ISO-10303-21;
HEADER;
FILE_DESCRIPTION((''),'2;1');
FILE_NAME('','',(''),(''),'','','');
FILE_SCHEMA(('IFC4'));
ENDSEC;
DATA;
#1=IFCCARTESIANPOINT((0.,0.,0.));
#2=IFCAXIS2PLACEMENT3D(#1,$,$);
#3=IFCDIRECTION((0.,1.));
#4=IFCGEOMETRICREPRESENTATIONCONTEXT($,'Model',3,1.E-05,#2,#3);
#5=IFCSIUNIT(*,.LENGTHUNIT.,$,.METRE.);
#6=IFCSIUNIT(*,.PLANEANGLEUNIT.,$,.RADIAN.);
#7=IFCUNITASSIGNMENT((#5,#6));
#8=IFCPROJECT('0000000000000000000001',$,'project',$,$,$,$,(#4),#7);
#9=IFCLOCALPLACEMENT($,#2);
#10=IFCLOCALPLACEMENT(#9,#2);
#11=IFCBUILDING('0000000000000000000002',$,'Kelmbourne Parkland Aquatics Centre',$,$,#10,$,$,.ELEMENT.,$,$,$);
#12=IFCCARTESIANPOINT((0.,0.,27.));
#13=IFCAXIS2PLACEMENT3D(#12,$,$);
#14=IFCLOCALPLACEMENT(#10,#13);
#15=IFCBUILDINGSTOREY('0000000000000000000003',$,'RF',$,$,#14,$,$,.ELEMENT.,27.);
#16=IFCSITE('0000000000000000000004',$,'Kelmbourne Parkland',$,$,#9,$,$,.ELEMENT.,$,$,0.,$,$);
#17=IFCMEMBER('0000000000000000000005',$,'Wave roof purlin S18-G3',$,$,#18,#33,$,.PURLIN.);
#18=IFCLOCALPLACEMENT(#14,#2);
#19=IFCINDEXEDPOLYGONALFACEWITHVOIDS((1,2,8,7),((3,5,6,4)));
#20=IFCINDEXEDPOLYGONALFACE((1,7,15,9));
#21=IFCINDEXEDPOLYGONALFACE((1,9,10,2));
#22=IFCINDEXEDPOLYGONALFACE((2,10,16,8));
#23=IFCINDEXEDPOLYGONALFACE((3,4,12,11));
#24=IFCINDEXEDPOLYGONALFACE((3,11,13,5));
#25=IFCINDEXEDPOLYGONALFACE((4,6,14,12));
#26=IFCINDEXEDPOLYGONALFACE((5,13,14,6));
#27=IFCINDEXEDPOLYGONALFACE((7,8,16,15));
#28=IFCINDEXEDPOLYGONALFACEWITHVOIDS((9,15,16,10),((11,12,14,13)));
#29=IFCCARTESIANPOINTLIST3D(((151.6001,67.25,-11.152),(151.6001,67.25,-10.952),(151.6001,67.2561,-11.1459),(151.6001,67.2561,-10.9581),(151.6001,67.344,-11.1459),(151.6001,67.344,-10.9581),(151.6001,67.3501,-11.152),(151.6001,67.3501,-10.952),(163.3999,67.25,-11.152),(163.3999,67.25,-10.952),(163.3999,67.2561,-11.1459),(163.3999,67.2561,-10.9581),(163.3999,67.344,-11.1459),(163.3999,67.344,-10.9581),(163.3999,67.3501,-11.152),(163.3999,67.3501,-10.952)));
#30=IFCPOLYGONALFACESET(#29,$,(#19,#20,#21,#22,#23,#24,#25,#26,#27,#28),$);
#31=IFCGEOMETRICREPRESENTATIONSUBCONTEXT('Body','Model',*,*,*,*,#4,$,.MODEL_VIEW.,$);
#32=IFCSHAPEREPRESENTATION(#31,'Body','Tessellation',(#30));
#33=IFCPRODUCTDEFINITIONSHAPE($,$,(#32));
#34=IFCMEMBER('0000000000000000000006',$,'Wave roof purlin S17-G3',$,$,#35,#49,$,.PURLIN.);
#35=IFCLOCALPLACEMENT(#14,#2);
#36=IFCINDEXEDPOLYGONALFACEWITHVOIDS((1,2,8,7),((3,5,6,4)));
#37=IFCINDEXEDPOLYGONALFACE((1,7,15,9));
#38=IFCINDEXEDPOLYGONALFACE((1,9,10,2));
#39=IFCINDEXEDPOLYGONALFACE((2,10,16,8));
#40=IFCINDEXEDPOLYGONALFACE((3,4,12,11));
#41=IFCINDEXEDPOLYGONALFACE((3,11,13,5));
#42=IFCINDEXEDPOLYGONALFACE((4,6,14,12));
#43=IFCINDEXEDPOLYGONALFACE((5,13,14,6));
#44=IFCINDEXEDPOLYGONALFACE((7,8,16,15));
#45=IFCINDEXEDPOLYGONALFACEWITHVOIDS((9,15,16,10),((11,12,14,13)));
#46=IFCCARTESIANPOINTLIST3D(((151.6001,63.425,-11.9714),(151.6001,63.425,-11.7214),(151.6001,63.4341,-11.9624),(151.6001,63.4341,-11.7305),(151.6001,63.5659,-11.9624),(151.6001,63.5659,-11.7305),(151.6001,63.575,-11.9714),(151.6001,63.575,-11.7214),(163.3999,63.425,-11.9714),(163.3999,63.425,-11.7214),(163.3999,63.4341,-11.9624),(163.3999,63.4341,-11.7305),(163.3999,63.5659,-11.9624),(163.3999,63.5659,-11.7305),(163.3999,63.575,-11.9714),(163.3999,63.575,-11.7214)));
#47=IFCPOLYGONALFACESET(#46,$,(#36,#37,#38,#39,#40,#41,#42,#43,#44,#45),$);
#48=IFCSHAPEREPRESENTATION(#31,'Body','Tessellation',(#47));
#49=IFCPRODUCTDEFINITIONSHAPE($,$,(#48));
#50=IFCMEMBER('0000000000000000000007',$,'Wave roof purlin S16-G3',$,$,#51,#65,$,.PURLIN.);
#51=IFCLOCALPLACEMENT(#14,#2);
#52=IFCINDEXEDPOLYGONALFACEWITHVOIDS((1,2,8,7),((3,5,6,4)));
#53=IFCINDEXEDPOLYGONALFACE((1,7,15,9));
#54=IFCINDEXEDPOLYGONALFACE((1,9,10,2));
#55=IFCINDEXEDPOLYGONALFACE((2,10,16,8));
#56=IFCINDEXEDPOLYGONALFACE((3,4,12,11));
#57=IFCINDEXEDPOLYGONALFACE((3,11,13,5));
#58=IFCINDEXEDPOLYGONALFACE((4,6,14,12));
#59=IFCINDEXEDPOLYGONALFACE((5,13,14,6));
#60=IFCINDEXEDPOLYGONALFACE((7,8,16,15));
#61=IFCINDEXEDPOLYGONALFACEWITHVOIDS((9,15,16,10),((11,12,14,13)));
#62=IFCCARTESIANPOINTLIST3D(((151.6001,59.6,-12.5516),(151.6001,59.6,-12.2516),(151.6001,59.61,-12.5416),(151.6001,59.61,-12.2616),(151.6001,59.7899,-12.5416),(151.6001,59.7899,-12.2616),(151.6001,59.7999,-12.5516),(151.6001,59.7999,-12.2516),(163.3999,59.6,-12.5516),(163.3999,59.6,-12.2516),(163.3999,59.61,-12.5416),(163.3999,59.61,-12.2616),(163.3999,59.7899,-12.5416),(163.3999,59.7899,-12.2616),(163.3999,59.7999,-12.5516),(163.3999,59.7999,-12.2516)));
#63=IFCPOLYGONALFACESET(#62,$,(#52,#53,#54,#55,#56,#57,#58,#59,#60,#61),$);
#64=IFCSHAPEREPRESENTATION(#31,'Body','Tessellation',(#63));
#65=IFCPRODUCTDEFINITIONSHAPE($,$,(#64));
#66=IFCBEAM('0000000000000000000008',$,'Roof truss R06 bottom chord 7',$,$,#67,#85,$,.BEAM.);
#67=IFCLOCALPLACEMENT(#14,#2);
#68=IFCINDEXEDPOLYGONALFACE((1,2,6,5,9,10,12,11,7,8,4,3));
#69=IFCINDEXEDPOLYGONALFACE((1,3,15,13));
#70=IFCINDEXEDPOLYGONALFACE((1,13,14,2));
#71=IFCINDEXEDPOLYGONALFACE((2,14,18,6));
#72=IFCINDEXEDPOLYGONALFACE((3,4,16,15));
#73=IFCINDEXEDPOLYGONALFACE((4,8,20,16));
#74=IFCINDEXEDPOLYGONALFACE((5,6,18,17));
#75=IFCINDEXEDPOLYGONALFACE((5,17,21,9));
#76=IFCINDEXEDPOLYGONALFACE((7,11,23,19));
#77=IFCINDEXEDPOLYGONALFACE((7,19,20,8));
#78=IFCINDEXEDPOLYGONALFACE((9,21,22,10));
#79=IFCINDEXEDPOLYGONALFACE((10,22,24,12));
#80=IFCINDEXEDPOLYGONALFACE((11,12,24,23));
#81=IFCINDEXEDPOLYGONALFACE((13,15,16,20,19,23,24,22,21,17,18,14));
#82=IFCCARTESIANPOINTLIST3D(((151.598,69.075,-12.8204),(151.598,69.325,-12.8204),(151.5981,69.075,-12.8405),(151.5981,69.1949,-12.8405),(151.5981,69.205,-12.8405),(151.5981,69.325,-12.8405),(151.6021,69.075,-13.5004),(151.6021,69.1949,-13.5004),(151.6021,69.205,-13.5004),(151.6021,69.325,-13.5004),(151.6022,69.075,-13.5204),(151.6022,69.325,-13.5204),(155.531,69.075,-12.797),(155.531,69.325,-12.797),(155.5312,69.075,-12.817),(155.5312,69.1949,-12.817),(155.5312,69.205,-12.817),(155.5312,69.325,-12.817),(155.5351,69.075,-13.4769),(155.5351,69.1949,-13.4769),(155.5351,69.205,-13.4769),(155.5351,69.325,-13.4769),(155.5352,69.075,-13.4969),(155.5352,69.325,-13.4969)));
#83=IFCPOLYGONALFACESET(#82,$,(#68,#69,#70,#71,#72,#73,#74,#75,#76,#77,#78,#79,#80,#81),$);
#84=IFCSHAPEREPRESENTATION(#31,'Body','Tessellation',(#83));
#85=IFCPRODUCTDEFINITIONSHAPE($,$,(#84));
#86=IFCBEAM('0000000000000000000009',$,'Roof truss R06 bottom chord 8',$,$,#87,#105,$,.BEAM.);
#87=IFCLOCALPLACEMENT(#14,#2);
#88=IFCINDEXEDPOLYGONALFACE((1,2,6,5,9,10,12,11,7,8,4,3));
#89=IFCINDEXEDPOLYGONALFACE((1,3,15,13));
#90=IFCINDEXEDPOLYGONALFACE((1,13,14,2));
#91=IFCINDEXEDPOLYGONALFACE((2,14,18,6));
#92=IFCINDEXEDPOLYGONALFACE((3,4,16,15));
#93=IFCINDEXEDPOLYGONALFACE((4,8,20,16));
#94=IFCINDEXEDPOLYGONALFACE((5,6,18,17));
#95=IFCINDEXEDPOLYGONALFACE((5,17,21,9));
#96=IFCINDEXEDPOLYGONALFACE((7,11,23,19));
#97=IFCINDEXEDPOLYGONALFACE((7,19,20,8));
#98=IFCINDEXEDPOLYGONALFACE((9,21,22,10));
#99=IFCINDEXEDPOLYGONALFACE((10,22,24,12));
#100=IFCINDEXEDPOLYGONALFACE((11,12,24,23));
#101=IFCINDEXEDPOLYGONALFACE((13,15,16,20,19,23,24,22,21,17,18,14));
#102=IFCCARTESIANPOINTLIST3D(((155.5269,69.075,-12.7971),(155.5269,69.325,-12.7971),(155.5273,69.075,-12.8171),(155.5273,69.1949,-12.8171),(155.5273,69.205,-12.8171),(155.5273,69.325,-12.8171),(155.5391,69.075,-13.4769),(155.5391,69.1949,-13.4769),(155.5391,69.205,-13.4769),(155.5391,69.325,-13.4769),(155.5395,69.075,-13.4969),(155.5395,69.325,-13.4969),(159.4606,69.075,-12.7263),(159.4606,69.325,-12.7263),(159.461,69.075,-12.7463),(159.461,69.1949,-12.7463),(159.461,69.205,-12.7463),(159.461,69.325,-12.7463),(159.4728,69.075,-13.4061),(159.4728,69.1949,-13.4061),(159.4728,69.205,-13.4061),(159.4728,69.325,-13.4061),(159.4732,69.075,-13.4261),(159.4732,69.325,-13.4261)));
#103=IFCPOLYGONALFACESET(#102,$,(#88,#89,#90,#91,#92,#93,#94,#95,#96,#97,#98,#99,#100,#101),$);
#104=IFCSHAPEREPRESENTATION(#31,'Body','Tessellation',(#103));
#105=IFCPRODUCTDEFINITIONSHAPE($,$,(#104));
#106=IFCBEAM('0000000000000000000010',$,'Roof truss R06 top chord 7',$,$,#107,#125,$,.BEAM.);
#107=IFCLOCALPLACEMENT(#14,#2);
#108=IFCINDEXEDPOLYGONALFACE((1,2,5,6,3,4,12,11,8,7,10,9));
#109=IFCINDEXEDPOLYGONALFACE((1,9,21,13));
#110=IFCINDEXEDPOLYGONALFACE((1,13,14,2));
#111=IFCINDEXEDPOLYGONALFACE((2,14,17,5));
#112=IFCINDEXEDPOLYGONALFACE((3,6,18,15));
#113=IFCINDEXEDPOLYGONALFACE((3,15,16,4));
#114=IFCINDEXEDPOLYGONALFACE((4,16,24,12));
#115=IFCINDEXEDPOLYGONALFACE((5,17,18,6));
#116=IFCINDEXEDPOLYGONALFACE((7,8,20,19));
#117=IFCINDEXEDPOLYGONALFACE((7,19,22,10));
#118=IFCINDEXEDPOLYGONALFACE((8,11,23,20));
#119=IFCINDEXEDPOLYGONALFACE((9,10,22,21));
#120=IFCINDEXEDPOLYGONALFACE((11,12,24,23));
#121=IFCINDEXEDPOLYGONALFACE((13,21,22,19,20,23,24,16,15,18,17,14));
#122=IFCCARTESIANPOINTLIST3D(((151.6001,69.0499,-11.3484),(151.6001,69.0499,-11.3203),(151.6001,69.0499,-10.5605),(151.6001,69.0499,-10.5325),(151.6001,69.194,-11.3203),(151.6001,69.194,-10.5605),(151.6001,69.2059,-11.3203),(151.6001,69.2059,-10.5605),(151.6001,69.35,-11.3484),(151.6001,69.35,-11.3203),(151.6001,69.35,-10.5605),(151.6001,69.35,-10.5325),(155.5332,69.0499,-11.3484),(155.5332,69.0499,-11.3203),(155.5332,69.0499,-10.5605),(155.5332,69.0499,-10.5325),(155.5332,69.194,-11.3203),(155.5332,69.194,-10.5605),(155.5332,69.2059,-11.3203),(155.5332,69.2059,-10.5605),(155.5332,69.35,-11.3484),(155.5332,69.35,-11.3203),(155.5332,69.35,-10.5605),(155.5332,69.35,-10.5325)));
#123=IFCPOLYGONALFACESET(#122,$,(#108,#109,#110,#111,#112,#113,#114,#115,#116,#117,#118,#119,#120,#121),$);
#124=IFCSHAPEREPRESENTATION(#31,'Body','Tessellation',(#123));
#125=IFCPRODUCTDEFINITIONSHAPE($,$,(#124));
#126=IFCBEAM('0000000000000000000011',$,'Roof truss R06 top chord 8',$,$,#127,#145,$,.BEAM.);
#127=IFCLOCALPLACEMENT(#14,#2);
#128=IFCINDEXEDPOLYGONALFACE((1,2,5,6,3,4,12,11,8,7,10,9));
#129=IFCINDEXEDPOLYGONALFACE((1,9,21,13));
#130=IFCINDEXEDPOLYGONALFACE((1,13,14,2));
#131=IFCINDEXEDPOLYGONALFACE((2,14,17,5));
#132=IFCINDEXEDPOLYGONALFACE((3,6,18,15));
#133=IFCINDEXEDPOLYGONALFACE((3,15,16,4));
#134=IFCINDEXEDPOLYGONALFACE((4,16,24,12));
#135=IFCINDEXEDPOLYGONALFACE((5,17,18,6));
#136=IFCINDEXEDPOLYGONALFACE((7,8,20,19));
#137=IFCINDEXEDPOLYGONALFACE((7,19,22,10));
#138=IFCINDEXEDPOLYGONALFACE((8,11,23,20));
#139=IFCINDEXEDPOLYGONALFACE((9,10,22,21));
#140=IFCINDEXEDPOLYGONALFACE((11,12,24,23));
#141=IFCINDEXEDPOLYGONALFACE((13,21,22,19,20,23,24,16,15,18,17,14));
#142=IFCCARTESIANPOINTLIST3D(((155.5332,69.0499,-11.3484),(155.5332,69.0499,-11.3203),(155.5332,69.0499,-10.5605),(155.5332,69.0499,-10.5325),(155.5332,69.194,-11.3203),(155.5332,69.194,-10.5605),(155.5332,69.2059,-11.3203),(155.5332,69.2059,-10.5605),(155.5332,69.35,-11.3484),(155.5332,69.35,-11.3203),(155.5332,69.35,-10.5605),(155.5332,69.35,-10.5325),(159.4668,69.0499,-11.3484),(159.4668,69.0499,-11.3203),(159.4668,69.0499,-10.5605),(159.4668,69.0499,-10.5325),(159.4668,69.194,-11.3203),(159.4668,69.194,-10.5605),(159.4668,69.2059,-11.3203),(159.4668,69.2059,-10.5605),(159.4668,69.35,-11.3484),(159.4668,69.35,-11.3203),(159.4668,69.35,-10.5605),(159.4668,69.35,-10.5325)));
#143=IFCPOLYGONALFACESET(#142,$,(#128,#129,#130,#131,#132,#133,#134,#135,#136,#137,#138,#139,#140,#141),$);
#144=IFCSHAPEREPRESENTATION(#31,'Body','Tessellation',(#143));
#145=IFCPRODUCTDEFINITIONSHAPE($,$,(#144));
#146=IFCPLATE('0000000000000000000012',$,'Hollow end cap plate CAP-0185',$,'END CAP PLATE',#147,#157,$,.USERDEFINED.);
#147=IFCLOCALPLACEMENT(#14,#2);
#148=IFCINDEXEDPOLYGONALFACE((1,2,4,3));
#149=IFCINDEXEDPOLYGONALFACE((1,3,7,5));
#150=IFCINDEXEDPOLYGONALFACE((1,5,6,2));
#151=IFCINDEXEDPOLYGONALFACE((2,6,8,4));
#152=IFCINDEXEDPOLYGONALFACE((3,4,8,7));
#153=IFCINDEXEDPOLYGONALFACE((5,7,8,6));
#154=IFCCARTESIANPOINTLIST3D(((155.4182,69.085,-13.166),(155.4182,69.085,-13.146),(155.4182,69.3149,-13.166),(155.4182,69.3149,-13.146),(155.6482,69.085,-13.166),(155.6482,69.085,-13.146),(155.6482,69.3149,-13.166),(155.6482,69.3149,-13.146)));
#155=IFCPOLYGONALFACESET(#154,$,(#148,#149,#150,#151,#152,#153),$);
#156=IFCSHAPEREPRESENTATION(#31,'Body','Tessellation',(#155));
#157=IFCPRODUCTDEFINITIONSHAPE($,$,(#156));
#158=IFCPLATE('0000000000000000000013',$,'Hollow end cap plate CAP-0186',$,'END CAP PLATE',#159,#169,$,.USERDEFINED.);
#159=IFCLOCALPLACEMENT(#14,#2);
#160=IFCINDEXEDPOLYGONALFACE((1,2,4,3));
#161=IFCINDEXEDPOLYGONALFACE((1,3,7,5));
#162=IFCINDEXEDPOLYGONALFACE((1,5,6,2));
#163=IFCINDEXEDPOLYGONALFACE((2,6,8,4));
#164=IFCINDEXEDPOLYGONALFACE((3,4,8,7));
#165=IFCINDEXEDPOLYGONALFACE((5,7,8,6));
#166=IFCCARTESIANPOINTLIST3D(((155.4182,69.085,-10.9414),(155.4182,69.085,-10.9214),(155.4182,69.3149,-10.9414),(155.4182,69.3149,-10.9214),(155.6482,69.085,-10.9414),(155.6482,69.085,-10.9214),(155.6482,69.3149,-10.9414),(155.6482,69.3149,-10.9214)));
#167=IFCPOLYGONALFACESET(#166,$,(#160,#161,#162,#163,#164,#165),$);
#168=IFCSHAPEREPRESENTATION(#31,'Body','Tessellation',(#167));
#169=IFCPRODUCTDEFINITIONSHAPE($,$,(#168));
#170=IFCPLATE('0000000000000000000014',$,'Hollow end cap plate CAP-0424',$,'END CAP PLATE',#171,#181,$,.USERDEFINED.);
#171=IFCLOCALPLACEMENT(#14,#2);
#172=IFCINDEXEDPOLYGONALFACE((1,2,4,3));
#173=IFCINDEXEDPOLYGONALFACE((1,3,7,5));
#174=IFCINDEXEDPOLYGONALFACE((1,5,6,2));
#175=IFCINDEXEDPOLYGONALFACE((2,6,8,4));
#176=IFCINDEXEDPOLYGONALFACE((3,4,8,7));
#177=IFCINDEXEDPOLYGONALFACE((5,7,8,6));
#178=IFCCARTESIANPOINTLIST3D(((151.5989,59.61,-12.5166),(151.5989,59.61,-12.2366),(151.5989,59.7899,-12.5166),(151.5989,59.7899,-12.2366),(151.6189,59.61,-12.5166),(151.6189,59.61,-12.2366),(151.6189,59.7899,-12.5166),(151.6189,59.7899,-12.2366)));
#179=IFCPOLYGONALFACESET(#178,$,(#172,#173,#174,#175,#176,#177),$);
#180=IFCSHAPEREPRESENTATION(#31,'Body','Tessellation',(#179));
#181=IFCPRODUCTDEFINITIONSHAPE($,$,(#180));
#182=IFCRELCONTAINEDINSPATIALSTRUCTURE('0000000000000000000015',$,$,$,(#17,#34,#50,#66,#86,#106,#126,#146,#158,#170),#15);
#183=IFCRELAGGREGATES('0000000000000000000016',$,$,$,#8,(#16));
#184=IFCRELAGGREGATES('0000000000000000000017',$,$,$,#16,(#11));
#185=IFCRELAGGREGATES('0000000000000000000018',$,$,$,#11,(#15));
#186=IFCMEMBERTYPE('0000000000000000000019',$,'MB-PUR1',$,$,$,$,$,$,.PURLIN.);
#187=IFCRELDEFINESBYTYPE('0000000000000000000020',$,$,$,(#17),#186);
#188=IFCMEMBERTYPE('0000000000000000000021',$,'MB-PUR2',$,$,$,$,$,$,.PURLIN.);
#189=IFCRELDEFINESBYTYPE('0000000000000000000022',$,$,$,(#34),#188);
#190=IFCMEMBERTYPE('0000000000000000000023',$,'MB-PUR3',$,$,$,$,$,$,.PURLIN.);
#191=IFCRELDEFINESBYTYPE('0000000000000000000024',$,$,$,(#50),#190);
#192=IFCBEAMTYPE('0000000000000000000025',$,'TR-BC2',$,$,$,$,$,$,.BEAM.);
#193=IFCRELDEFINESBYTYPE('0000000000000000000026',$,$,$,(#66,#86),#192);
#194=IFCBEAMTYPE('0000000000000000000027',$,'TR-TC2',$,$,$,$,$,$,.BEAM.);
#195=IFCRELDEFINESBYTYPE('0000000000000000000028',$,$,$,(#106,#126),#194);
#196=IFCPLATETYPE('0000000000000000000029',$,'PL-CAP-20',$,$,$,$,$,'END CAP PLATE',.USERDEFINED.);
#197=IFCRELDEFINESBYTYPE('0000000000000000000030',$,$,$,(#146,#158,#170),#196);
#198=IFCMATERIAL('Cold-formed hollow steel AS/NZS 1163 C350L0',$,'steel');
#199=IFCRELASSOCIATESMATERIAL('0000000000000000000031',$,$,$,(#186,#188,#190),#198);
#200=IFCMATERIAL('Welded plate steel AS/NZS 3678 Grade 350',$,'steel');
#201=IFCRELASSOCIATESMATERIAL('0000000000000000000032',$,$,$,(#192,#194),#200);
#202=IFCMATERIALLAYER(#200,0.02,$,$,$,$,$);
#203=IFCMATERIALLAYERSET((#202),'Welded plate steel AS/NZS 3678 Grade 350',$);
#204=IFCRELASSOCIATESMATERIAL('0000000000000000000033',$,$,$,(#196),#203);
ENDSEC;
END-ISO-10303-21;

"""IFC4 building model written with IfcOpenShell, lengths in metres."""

from ifc_helpers import new_model, si_unit, direction, frame, origin, origin_2d, place, context, subcontext, project, spatial, rectangle, hollow_rectangle, i_section, extrude, material, layer, layer_set, material_profile, profile_set, type_object, element, save


model = new_model("IFC4")

# Units and contexts
model_context = context("Model", 3, precision=1e-05, world=origin(), true_north=direction((0.0, 1.0)))
body_context = subcontext(model_context, "Body", "Model", "MODEL_VIEW")
ifc_project = project(units=[si_unit("LENGTHUNIT", "METRE"), si_unit("PLANEANGLEUNIT", "RADIAN")], contexts=[model_context])

# Site, building, storey
site_placement = place(None, origin())
site = spatial("IfcSite", under=ifc_project, at=site_placement, Name="Kelmbourne Parkland", CompositionType="ELEMENT", RefElevation=0.0)
building_placement = place(site_placement, origin())
building = spatial("IfcBuilding", under=site, at=building_placement, Name="Kelmbourne Parkland Aquatics Centre", CompositionType="ELEMENT")
storey_placement = place(building_placement, frame((0.0, 0.0, 27.0)))
storey = spatial("IfcBuildingStorey", under=building, at=storey_placement, Name="RF", CompositionType="ELEMENT", Elevation=27.0)

# Members
ifc_material_1 = material(Name="Cold-formed hollow steel AS/NZS 1163 C350L0", Category="steel")
ifc_material_profile_1 = material_profile(ifc_material_1, hollow_rectangle(XDim=0.1001, YDim=0.2, WallThickness=0.0061, at=origin_2d()), Name="RHS 200x100x6.0")
ifc_profile_set_1 = profile_set([ifc_material_profile_1], Name="Cold-formed hollow steel AS/NZS 1163 C350L0")
member_type_1 = type_object("IfcMemberType", Name="MB-PUR1", PredefinedType="PURLIN", material=ifc_profile_set_1)
member_1_placement = place(storey_placement, frame((151.6001, 67.3, -11.052), z_axis=(1.0, 0.0, 0.0), x_axis=(0.0, 1.0, 0.0)))
element("IfcMember", 1, at=member_1_placement, inside=storey, type_object=member_type_1, Name="Wave roof purlin S18-G3", PredefinedType="PURLIN", context=body_context, shape_type="SweptSolid", body=[
    extrude(hollow_rectangle(XDim=0.1001, YDim=0.2, WallThickness=0.0061, at=origin_2d()), origin(), (0.0, 0.0, 1.0), 11.7998),
])
ifc_material_profile_2 = material_profile(ifc_material_1, hollow_rectangle(XDim=0.1499, YDim=0.25, WallThickness=0.009, at=origin_2d()), Name="RHS 250x150x9.0")
ifc_profile_set_2 = profile_set([ifc_material_profile_2], Name="Cold-formed hollow steel AS/NZS 1163 C350L0")
member_type_2 = type_object("IfcMemberType", Name="MB-PUR2", PredefinedType="PURLIN", material=ifc_profile_set_2)
member_2_placement = place(storey_placement, frame((151.6001, 63.5, -11.8464), z_axis=(1.0, 0.0, 0.0), x_axis=(0.0, 1.0, 0.0)))
element("IfcMember", 2, at=member_2_placement, inside=storey, type_object=member_type_2, Name="Wave roof purlin S17-G3", PredefinedType="PURLIN", context=body_context, shape_type="SweptSolid", body=[
    extrude(hollow_rectangle(XDim=0.1499, YDim=0.25, WallThickness=0.009, at=origin_2d()), origin(), (0.0, 0.0, 1.0), 11.7998),
])
ifc_material_profile_3 = material_profile(ifc_material_1, hollow_rectangle(XDim=0.2, YDim=0.3, WallThickness=0.01, at=origin_2d()), Name="RHS 300x200x10.0")
ifc_profile_set_3 = profile_set([ifc_material_profile_3], Name="Cold-formed hollow steel AS/NZS 1163 C350L0")
member_type_3 = type_object("IfcMemberType", Name="MB-PUR3", PredefinedType="PURLIN", material=ifc_profile_set_3)
member_3_placement = place(storey_placement, frame((151.6001, 59.7, -12.4016), z_axis=(1.0, 0.0, 0.0), x_axis=(0.0, 1.0, 0.0)))
element("IfcMember", 3, at=member_3_placement, inside=storey, type_object=member_type_3, Name="Wave roof purlin S16-G3", PredefinedType="PURLIN", context=body_context, shape_type="SweptSolid", body=[
    extrude(hollow_rectangle(XDim=0.2, YDim=0.3, WallThickness=0.01, at=origin_2d()), origin(), (0.0, 0.0, 1.0), 11.7998),
])

# Beams
ifc_material_2 = material(Name="Welded plate steel AS/NZS 3678 Grade 350", Category="steel")
ifc_material_profile_4 = material_profile(ifc_material_2, i_section(OverallWidth=0.25, OverallDepth=0.7, WebThickness=0.01, FlangeThickness=0.02, at=origin_2d()), Name="700WB130")
ifc_profile_set_4 = profile_set([ifc_material_profile_4], Name="Welded plate steel AS/NZS 3678 Grade 350")
beam_type_1 = type_object("IfcBeamType", Name="TR-BC2", PredefinedType="BEAM", material=ifc_profile_set_4)
beam_1_placement = place(storey_placement, frame((151.6001, 69.2, -13.1704), z_axis=(0.999982, 0.0, 0.005959), x_axis=(0.0, 1.0, 0.0)))
element("IfcBeam", 4, at=beam_1_placement, inside=storey, type_object=beam_type_1, Name="Roof truss R06 bottom chord 7", PredefinedType="BEAM", context=body_context, shape_type="SweptSolid", body=[
    extrude(i_section(OverallWidth=0.25, OverallDepth=0.7, WebThickness=0.01, FlangeThickness=0.02, at=origin_2d()), origin(), (0.0, 0.0, 1.0), 3.9331),
])
beam_2_placement = place(storey_placement, frame((155.5332, 69.2, -13.147), z_axis=(0.999838, 0.0, 0.017996), x_axis=(0.0, 1.0, 0.0)))
element("IfcBeam", 5, at=beam_2_placement, inside=storey, type_object=beam_type_1, Name="Roof truss R06 bottom chord 8", PredefinedType="BEAM", context=body_context, shape_type="SweptSolid", body=[
    extrude(i_section(OverallWidth=0.25, OverallDepth=0.7, WebThickness=0.01, FlangeThickness=0.02, at=origin_2d()), origin(), (0.0, 0.0, 1.0), 3.9343),
])
ifc_material_profile_5 = material_profile(ifc_material_2, i_section(OverallWidth=0.3, OverallDepth=0.8159, WebThickness=0.012, FlangeThickness=0.0281, at=origin_2d()), Name="800WB192")
ifc_profile_set_5 = profile_set([ifc_material_profile_5], Name="Welded plate steel AS/NZS 3678 Grade 350")
beam_type_2 = type_object("IfcBeamType", Name="TR-TC2", PredefinedType="BEAM", material=ifc_profile_set_5)
beam_3_placement = place(storey_placement, frame((151.6001, 69.2, -10.9404), z_axis=(1.0, 0.0, 0.0), x_axis=(0.0, 1.0, 0.0)))
element("IfcBeam", 6, at=beam_3_placement, inside=storey, type_object=beam_type_2, Name="Roof truss R06 top chord 7", PredefinedType="BEAM", context=body_context, shape_type="SweptSolid", body=[
    extrude(i_section(OverallWidth=0.3, OverallDepth=0.8159, WebThickness=0.012, FlangeThickness=0.0281, at=origin_2d()), origin(), (0.0, 0.0, 1.0), 3.9331),
])
beam_4_placement = place(storey_placement, frame((155.5332, 69.2, -10.9404), z_axis=(1.0, 0.0, 0.0), x_axis=(0.0, 1.0, 0.0)))
element("IfcBeam", 7, at=beam_4_placement, inside=storey, type_object=beam_type_2, Name="Roof truss R06 top chord 8", PredefinedType="BEAM", context=body_context, shape_type="SweptSolid", body=[
    extrude(i_section(OverallWidth=0.3, OverallDepth=0.8159, WebThickness=0.012, FlangeThickness=0.0281, at=origin_2d()), origin(), (0.0, 0.0, 1.0), 3.9336),
])

# Plates
ifc_layer_1 = layer(ifc_material_2, 0.02)
ifc_layer_set_1 = layer_set([ifc_layer_1], Name="Welded plate steel AS/NZS 3678 Grade 350")
plate_type_1 = type_object("IfcPlateType", Name="PL-CAP-20", ElementType="END CAP PLATE", PredefinedType="USERDEFINED", material=ifc_layer_set_1)
for number, where, z_axis, x_axis, name in (
    (8, (155.5332, 69.2, -13.166), (0.0, 0.0, 1.0), (1.0, 0.0, 0.0), "Hollow end cap plate CAP-0185"),
    (9, (155.5332, 69.2, -10.9414), (0.0, 0.0, 1.0), (1.0, 0.0, 0.0), "Hollow end cap plate CAP-0186"),
):
    element("IfcPlate", number, at=place(storey_placement, frame(where, z_axis=z_axis, x_axis=x_axis)), inside=storey, type_object=plate_type_1, Name=name, ObjectType="END CAP PLATE", PredefinedType="USERDEFINED", context=body_context, shape_type="SweptSolid", body=[
        extrude(rectangle(XDim=0.23, YDim=0.23, at=origin_2d()), origin(), (0.0, 0.0, 1.0), 0.02),
    ])
plate_1_placement = place(storey_placement, frame((151.6089, 59.7, -12.5166), z_axis=(0.0, 0.0, 1.0), x_axis=(1.0, 0.0, 0.0)))
element("IfcPlate", 10, at=plate_1_placement, inside=storey, type_object=plate_type_1, Name="Hollow end cap plate CAP-0424", ObjectType="END CAP PLATE", PredefinedType="USERDEFINED", context=body_context, shape_type="SweptSolid", body=[
    extrude(rectangle(XDim=0.02, YDim=0.1799, at=origin_2d()), origin(), (0.0, 0.0, 1.0), 0.28),
])

save(model, "model.ifc")
